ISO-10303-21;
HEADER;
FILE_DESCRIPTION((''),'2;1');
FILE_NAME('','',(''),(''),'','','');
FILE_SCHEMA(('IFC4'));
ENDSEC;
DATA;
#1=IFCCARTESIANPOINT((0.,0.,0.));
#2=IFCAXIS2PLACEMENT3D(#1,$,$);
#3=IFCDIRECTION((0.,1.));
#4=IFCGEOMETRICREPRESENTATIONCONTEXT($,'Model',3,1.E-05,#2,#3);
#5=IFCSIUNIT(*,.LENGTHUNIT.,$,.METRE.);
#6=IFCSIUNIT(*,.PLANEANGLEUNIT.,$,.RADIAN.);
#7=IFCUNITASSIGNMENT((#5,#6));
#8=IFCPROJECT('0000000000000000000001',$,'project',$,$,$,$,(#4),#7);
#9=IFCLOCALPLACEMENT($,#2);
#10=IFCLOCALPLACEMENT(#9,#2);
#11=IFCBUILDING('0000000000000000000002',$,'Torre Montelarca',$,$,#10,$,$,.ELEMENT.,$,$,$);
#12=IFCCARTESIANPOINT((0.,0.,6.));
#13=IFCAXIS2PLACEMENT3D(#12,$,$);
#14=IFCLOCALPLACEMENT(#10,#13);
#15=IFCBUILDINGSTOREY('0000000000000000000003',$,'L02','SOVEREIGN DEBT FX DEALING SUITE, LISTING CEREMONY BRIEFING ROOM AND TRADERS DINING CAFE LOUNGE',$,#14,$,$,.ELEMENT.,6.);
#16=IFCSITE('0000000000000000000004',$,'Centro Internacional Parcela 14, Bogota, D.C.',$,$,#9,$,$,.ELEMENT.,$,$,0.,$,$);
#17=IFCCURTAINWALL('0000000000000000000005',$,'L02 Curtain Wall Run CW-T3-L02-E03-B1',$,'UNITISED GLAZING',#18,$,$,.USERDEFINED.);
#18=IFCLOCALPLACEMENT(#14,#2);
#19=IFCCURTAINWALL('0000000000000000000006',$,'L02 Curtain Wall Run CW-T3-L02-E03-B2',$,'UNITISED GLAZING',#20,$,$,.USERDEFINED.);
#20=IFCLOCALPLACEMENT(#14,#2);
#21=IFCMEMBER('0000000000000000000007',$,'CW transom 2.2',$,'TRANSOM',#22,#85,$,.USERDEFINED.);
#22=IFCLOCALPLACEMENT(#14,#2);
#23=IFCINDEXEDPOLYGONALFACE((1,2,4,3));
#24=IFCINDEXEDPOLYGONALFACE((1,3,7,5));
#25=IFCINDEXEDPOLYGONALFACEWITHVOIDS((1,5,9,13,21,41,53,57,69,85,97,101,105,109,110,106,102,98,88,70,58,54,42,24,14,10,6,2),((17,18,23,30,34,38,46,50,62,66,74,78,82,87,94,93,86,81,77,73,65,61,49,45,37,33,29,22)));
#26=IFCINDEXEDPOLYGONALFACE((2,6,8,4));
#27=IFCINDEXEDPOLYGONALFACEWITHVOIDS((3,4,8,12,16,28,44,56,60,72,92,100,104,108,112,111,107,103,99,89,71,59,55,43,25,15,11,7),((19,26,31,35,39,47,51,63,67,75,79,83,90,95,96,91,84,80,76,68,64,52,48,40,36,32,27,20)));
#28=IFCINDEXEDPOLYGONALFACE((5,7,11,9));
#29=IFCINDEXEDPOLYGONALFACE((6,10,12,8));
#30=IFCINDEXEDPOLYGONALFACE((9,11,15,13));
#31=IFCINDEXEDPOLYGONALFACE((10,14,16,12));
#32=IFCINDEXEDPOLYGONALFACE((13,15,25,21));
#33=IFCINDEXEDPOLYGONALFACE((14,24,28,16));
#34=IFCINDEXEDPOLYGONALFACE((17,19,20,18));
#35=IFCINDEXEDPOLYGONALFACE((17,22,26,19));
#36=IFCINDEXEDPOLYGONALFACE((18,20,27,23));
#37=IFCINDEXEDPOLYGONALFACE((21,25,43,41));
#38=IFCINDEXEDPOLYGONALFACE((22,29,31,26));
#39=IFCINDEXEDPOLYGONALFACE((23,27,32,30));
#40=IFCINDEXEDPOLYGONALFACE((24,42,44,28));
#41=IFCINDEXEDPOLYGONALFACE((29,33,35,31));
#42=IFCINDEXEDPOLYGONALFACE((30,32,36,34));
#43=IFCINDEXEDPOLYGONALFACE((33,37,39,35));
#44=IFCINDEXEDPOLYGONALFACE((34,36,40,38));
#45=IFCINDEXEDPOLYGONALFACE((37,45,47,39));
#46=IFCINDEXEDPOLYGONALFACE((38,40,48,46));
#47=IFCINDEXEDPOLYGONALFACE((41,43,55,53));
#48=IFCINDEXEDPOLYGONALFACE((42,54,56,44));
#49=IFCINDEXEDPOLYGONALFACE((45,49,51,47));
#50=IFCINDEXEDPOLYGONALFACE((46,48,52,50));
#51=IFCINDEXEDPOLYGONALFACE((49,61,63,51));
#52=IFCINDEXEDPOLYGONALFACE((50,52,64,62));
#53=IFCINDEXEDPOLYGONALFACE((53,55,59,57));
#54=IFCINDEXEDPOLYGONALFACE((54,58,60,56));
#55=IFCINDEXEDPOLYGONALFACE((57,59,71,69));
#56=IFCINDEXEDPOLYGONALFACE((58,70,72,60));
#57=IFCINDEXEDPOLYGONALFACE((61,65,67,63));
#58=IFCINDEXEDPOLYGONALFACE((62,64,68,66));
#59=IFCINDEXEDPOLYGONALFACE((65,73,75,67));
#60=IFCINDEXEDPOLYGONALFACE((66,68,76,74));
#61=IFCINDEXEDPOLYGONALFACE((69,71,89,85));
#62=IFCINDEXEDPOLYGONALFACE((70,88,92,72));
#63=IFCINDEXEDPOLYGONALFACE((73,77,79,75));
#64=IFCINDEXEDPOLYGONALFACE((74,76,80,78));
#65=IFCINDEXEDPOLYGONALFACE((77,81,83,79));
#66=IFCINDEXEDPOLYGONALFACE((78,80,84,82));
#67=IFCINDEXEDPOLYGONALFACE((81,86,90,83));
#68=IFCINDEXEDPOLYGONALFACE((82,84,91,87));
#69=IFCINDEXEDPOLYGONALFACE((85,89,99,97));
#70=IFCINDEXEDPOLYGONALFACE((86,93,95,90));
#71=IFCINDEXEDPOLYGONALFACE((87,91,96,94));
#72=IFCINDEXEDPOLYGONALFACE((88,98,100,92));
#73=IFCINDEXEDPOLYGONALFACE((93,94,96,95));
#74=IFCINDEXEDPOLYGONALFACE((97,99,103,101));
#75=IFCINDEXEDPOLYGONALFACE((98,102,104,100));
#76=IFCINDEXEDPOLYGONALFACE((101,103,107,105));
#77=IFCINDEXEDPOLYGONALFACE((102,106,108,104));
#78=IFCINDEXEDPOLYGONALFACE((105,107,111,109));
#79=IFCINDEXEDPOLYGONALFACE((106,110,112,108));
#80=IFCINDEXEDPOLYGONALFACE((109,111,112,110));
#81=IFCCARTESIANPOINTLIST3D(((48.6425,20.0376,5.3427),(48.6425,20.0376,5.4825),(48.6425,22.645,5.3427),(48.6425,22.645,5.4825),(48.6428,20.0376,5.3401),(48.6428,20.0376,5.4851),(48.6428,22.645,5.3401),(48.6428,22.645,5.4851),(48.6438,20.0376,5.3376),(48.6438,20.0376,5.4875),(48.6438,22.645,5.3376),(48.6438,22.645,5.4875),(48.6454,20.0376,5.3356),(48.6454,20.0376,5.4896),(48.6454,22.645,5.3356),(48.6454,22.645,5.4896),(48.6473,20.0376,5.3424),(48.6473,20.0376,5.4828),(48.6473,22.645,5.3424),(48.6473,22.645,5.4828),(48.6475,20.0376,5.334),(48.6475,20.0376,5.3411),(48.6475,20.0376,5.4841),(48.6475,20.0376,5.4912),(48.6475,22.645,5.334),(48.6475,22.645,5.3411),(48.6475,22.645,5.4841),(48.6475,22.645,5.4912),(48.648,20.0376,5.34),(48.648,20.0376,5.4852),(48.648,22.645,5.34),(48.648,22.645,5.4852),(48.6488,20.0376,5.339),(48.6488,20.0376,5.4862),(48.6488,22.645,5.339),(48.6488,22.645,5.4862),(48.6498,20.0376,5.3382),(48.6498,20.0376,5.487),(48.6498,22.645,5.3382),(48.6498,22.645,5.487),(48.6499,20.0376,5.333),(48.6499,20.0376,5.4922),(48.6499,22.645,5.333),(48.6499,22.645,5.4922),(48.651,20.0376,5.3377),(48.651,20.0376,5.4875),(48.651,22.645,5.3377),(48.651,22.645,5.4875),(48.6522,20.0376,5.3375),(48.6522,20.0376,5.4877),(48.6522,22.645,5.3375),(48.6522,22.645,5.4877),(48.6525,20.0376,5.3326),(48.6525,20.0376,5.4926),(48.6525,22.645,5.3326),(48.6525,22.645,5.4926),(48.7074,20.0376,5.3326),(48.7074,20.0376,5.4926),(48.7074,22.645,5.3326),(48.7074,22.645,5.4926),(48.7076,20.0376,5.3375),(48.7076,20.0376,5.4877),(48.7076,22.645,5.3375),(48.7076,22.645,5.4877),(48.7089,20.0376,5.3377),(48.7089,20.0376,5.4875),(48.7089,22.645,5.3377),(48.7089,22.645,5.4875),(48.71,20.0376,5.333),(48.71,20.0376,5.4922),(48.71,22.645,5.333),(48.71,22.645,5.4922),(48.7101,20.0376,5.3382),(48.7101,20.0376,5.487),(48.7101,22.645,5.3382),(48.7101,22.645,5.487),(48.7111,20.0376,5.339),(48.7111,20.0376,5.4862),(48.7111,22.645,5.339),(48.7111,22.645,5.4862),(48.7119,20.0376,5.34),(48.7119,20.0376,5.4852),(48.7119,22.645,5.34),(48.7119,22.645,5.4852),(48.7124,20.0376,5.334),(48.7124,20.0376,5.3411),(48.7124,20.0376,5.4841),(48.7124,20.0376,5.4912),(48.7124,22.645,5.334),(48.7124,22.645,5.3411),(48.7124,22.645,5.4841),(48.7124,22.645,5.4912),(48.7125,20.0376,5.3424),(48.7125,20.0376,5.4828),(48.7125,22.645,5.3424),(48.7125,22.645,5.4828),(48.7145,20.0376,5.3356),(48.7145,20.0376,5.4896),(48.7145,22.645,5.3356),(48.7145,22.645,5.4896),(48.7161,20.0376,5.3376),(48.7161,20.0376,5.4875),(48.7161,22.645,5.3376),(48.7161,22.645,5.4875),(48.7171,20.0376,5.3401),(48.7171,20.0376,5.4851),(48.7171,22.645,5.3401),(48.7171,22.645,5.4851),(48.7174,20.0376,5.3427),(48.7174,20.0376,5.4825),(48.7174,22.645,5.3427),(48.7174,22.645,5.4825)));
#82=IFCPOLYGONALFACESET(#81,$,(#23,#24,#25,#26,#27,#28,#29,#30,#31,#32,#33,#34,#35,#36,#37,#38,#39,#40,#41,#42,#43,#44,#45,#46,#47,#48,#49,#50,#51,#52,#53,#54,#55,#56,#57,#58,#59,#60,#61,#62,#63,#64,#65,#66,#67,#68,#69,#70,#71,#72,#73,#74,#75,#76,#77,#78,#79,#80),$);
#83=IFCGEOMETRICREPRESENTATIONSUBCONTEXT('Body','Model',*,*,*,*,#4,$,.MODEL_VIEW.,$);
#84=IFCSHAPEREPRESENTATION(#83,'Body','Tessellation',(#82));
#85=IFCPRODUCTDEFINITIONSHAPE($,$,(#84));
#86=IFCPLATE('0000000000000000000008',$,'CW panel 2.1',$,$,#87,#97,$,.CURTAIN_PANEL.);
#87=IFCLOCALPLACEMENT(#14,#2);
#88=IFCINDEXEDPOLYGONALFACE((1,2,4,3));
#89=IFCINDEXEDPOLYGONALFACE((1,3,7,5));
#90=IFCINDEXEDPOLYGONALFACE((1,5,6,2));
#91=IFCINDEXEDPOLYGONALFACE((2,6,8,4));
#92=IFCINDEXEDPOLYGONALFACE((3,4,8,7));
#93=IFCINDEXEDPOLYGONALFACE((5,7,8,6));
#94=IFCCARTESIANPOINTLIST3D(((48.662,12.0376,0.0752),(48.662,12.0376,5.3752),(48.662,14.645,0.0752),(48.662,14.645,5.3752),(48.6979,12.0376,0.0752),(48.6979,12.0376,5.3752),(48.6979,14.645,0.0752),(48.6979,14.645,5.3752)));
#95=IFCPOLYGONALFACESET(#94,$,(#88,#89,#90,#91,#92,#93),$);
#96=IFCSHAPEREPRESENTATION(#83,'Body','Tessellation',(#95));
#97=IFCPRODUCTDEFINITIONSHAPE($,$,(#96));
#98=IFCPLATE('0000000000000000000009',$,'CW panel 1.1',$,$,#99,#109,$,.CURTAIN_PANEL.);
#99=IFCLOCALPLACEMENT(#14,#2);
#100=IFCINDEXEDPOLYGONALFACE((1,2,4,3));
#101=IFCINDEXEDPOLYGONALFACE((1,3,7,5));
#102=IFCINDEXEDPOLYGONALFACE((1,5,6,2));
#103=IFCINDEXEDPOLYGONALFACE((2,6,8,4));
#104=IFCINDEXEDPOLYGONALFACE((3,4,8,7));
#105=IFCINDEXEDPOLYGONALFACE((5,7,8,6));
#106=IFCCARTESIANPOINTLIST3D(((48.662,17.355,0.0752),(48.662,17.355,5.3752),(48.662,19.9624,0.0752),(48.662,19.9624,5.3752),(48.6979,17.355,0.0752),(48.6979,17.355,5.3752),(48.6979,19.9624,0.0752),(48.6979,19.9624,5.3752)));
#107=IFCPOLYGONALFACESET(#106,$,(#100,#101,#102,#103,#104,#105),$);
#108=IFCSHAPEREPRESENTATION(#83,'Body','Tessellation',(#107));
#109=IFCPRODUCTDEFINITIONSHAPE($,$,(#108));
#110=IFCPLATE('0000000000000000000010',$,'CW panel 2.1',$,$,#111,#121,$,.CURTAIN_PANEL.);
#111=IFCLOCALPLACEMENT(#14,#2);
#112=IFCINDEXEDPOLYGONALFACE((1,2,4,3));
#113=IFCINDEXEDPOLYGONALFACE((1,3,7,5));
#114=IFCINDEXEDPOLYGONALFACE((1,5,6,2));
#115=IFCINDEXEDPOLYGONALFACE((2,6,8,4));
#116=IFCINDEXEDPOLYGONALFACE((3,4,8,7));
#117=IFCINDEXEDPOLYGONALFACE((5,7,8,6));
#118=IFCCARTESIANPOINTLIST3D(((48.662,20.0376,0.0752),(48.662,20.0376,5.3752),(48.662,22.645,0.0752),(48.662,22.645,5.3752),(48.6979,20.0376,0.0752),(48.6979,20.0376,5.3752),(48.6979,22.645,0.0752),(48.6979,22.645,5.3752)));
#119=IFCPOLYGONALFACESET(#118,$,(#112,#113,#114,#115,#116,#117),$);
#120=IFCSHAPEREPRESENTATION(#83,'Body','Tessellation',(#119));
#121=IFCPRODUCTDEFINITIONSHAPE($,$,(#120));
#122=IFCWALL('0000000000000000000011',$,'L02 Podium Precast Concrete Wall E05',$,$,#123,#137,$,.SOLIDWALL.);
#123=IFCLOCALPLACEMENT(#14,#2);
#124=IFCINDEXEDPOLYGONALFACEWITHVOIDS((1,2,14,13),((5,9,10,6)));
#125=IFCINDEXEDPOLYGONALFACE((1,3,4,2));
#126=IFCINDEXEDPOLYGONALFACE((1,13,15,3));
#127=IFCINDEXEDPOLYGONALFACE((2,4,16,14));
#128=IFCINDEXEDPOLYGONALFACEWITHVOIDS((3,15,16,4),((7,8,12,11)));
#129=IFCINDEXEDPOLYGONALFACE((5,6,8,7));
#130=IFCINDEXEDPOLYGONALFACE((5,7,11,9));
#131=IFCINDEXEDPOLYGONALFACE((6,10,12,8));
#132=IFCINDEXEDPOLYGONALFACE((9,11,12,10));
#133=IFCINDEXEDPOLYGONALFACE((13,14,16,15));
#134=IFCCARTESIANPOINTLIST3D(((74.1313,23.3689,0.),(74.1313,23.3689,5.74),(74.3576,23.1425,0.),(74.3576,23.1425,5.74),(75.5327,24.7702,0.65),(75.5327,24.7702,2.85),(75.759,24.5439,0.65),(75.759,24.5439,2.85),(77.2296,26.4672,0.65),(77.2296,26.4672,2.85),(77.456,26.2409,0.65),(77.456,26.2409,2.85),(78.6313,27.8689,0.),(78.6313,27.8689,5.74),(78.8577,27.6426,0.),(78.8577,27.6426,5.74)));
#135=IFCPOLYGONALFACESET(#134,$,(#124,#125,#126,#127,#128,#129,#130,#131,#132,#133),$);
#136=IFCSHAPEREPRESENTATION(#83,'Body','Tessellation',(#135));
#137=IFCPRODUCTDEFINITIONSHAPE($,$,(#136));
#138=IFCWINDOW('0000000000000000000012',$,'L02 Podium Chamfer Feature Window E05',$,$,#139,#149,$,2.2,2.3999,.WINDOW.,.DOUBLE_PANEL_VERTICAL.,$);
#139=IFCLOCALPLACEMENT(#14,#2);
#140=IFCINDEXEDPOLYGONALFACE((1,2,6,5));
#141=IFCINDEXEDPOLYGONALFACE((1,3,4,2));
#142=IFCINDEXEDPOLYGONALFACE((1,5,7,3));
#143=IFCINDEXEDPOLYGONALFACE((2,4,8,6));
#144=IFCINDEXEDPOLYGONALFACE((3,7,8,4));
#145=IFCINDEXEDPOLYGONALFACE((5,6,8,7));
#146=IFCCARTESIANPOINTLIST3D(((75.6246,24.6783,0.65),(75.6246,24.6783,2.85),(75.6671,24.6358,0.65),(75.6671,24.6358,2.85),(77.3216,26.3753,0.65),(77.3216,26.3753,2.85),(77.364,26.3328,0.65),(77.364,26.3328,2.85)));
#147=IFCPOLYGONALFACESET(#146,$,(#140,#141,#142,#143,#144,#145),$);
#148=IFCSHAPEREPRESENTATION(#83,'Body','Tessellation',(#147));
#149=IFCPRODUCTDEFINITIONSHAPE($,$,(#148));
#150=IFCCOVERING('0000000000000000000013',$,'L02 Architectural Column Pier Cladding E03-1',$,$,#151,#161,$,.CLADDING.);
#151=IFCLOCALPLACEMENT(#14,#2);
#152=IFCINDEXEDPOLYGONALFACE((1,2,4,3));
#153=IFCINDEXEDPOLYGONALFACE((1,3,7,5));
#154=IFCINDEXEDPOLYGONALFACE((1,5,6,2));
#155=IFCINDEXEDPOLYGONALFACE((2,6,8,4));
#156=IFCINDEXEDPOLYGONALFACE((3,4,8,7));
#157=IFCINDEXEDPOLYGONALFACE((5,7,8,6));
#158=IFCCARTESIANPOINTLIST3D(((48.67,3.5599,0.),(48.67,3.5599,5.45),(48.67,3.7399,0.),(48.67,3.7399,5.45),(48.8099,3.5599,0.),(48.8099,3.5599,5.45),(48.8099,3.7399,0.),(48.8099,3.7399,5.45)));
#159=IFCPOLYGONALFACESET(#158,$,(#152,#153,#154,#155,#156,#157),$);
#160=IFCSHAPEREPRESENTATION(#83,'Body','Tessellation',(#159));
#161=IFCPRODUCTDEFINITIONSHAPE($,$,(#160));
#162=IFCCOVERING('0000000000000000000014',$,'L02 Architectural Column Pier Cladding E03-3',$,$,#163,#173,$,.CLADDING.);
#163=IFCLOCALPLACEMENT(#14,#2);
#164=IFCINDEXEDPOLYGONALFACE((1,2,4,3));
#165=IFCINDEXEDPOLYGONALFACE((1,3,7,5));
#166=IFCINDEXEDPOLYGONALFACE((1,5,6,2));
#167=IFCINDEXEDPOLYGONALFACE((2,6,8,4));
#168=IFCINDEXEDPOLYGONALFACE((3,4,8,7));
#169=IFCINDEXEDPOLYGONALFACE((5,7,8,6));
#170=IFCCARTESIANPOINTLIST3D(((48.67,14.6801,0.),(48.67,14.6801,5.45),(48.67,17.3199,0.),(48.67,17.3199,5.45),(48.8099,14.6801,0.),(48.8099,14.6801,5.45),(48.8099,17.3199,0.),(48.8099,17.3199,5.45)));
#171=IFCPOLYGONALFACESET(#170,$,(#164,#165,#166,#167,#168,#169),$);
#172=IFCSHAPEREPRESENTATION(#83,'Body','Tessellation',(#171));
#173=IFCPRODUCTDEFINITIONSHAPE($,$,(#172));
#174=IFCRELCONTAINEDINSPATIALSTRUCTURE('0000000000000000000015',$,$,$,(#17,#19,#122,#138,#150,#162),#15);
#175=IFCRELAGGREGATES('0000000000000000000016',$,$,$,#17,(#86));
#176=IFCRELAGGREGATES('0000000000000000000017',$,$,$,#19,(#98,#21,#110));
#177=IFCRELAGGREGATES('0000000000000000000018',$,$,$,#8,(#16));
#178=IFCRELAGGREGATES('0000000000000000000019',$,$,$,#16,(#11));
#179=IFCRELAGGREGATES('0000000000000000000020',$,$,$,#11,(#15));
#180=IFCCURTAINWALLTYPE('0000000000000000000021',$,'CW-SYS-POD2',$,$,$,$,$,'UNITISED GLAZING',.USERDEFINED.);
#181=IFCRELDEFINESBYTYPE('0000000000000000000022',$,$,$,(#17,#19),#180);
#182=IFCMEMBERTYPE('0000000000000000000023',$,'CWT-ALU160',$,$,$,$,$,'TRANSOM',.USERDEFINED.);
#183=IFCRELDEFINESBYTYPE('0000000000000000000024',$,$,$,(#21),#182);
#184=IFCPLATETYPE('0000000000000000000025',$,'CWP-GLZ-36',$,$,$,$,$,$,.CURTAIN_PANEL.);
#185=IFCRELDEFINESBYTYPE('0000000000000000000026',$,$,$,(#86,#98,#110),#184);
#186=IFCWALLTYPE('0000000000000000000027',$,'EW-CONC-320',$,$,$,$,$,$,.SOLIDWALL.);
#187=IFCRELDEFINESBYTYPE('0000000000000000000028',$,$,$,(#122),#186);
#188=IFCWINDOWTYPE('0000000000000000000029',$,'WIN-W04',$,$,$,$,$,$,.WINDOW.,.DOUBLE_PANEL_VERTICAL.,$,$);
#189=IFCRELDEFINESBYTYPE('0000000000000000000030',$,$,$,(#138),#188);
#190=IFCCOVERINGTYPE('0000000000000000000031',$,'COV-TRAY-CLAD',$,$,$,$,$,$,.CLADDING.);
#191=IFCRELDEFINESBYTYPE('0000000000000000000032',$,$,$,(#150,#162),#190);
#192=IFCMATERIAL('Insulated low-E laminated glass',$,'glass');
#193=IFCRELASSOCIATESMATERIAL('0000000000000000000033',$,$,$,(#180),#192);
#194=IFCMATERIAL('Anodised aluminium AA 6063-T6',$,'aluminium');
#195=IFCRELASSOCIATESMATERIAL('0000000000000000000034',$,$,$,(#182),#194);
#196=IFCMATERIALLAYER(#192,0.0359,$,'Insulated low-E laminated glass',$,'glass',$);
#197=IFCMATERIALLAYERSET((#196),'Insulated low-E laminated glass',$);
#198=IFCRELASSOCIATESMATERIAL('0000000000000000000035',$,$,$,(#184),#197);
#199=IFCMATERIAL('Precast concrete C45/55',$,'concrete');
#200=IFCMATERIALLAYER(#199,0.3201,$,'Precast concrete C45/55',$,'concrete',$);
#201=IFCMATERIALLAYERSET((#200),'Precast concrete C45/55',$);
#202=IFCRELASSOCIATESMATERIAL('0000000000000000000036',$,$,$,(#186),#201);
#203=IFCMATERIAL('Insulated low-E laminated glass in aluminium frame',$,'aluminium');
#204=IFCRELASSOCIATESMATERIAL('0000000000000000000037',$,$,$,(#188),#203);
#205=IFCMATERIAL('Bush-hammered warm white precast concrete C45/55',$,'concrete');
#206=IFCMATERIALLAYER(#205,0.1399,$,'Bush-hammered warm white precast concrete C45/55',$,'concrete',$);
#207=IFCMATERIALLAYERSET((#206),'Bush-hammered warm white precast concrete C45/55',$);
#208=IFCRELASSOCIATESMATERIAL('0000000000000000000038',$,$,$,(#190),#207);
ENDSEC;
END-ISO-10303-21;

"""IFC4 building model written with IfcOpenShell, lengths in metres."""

from ifc_helpers import new_model, si_unit, direction, frame, frame_2d, origin, origin_2d, place, context, subcontext, project, spatial, rectangle, hollow_rectangle, extrude, source, transform, mapped, material, layer, layer_set, material_profile, profile_set, type_object, element, fill, aggregate, save


model = new_model("IFC4")

# Units and contexts
model_context = context("Model", 3, precision=1e-05, world=origin(), true_north=direction((0.0, 1.0)))
body_context = subcontext(model_context, "Body", "Model", "MODEL_VIEW")
ifc_project = project(units=[si_unit("LENGTHUNIT", "METRE"), si_unit("PLANEANGLEUNIT", "RADIAN")], contexts=[model_context])

# Site, building, storey
site_placement = place(None, origin())
site = spatial("IfcSite", under=ifc_project, at=site_placement, Name="Centro Internacional Parcela 14, Bogota, D.C.", CompositionType="ELEMENT", RefElevation=0.0)
building_placement = place(site_placement, origin())
building = spatial("IfcBuilding", under=site, at=building_placement, Name="Torre Montelarca", CompositionType="ELEMENT")
storey_placement = place(building_placement, frame((0.0, 0.0, 6.0)))
storey = spatial("IfcBuildingStorey", under=building, at=storey_placement, Name="L02", Description="SOVEREIGN DEBT FX DEALING SUITE, LISTING CEREMONY BRIEFING ROOM AND TRADERS DINING CAFE LOUNGE", CompositionType="ELEMENT", Elevation=6.0)

# Curtain wall
ifc_material_1 = material(Name="Insulated low-E laminated glass", Category="glass")
curtain_wall_type = type_object("IfcCurtainWallType", Name="CW-SYS-POD2", ElementType="UNITISED GLAZING", PredefinedType="USERDEFINED", material=ifc_material_1)
curtain_wall_1_placement = place(storey_placement, origin())
curtain_wall_1 = element("IfcCurtainWall", 1, at=curtain_wall_1_placement, inside=storey, type_object=curtain_wall_type, Name="L02 Curtain Wall Run CW-T3-L02-E03-B1", ObjectType="UNITISED GLAZING", PredefinedType="USERDEFINED")
ifc_material_2 = material(Name="Anodised aluminium AA 6063-T6", Category="aluminium")

# Curtain wall
curtain_wall_2_placement = place(storey_placement, origin())
curtain_wall_2 = element("IfcCurtainWall", 2, at=curtain_wall_2_placement, inside=storey, type_object=curtain_wall_type, Name="L02 Curtain Wall Run CW-T3-L02-E03-B2", ObjectType="UNITISED GLAZING", PredefinedType="USERDEFINED")

# Member
ifc_material_profile_1 = material_profile(ifc_material_2, hollow_rectangle(XDim=0.075, YDim=0.1599, WallThickness=0.0049, InnerFilletRadius=0.0049, OuterFilletRadius=0.01, at=origin_2d()), Name="ALU75X160X5", Category="aluminium")
ifc_profile_set_1 = profile_set([ifc_material_profile_1], Name="Anodised aluminium AA 6063-T6")
member_type_1 = type_object("IfcMemberType", Name="CWT-ALU160", ElementType="TRANSOM", PredefinedType="USERDEFINED", material=ifc_profile_set_1)
shared_shape_1 = source(origin(), body_context, "Body", "SweptSolid", [
    extrude(hollow_rectangle(XDim=0.075, YDim=0.1599, WallThickness=0.0049, InnerFilletRadius=0.0049, OuterFilletRadius=0.01, at=origin_2d()), origin(), (0.0, 0.0, 1.0), 2.6074),
])
member_1_placement = place(storey_placement, frame((48.6799, 20.0376, 5.4126), z_axis=(0.0, 1.0, 0.0), x_axis=(-1.0, 0.0, 0.0)))
member_1 = element("IfcMember", 3, at=member_1_placement, type_object=member_type_1, Name="CW transom 2.2", ObjectType="TRANSOM", PredefinedType="USERDEFINED", context=body_context, shape_type="MappedRepresentation", body=[
    mapped(shared_shape_1, transform((0.0, 0.0, 0.0), scale=1.0)),
])

# Plates
ifc_layer_1 = layer(ifc_material_1, 0.0359, Name="Insulated low-E laminated glass", Category="glass")
ifc_layer_set_1 = layer_set([ifc_layer_1], Name="Insulated low-E laminated glass")
plate_type = type_object("IfcPlateType", Name="CWP-GLZ-36", PredefinedType="CURTAIN_PANEL", material=ifc_layer_set_1)
shared_shape_2 = source(origin(), body_context, "Body", "SweptSolid", [
    extrude(rectangle(XDim=2.6074, YDim=0.0359, at=origin_2d()), origin(), (0.0, 0.0, 1.0), 5.3),
])
plate_1_placement = place(storey_placement, frame((48.6799, 13.3413, 0.0752), z_axis=(0.0, 0.0, 1.0), x_axis=(0.0, 1.0, 0.0)))
plate_1 = element("IfcPlate", 4, at=plate_1_placement, type_object=plate_type, Name="CW panel 2.1", PredefinedType="CURTAIN_PANEL", context=body_context, shape_type="MappedRepresentation", body=[
    mapped(shared_shape_2, transform((0.0, 0.0, 0.0), scale=1.0)),
])
aggregate(curtain_wall_1, [plate_1])
plate_2_placement = place(storey_placement, frame((48.6799, 18.6587, 0.0752), z_axis=(0.0, 0.0, 1.0), x_axis=(0.0, 1.0, 0.0)))
plate_2 = element("IfcPlate", 5, at=plate_2_placement, type_object=plate_type, Name="CW panel 1.1", PredefinedType="CURTAIN_PANEL", context=body_context, shape_type="MappedRepresentation", body=[
    mapped(shared_shape_2, transform((0.0, 0.0, 0.0), scale=1.0)),
])
plate_3_placement = place(storey_placement, frame((48.6799, 21.3413, 0.0752), z_axis=(0.0, 0.0, 1.0), x_axis=(0.0, 1.0, 0.0)))
plate_3 = element("IfcPlate", 6, at=plate_3_placement, type_object=plate_type, Name="CW panel 2.1", PredefinedType="CURTAIN_PANEL", context=body_context, shape_type="MappedRepresentation", body=[
    mapped(shared_shape_2, transform((0.0, 0.0, 0.0), scale=1.0)),
])
aggregate(curtain_wall_2, [plate_2, member_1, plate_3])

# Wall, opening, window
ifc_material_3 = material(Name="Precast concrete C45/55", Category="concrete")
ifc_layer_2 = layer(ifc_material_3, 0.3201, Name="Precast concrete C45/55", Category="concrete")
ifc_layer_set_2 = layer_set([ifc_layer_2], Name="Precast concrete C45/55")
wall_type = type_object("IfcWallType", Name="EW-CONC-320", PredefinedType="SOLIDWALL", material=ifc_layer_set_2)
wall_placement = place(storey_placement, frame((74.2444, 23.2556, 0.0), z_axis=(0.0, 0.0, 1.0), x_axis=(0.707107, 0.707107, 0.0)))
wall = element("IfcWall", 7, at=wall_placement, inside=storey, type_object=wall_type, Name="L02 Podium Precast Concrete Wall E05", PredefinedType="SOLIDWALL", context=body_context, shape_type="SweptSolid", body=[
    extrude(rectangle(XDim=6.364, YDim=0.3201, at=frame_2d((3.1821, 0.0))), origin(), (0.0, 0.0, 1.0), 5.74),
])
opening_placement = place(wall_placement, frame((1.9819, 0.0, 0.6499)))
opening = element("IfcOpeningElement", 8, at=opening_placement, cuts=wall, PredefinedType="OPENING", context=body_context, shape_type="SweptSolid", body=[
    extrude(rectangle(XDim=2.3999, YDim=2.2, at=frame_2d((1.2, 1.1001))), frame((0.0, 0.1699, 0.0), z_axis=(0.0, -1.0, 0.0), x_axis=(1.0, 0.0, 0.0)), (0.0, 0.0, 1.0), 0.3401),
])
ifc_material_4 = material(Name="Insulated low-E laminated glass in aluminium frame", Category="aluminium")
window_type = type_object("IfcWindowType", Name="WIN-W04", PartitioningType="DOUBLE_PANEL_VERTICAL", PredefinedType="WINDOW", material=ifc_material_4)
shared_shape_3 = source(origin(), body_context, "Body", "SweptSolid", [
    extrude(rectangle(XDim=2.3999, YDim=2.2, at=frame_2d((1.2, 1.1001))), frame((0.0, 0.03, 0.0), z_axis=(0.0, -1.0, 0.0), x_axis=(1.0, 0.0, 0.0)), (0.0, 0.0, 1.0), 0.0601),
])
window_placement = place(opening_placement, origin())
window = element("IfcWindow", 9, at=window_placement, inside=storey, type_object=window_type, Name="L02 Podium Chamfer Feature Window E05", OverallHeight=2.2, OverallWidth=2.3999, PartitioningType="DOUBLE_PANEL_VERTICAL", PredefinedType="WINDOW", context=body_context, shape_type="MappedRepresentation", body=[
    mapped(shared_shape_3, transform((0.0, 0.0, 0.0), scale=1.0)),
])
fill(opening, window)

# Coverings
ifc_material_5 = material(Name="Bush-hammered warm white precast concrete C45/55", Category="concrete")
ifc_layer_3 = layer(ifc_material_5, 0.1399, Name="Bush-hammered warm white precast concrete C45/55", Category="concrete")
ifc_layer_set_3 = layer_set([ifc_layer_3], Name="Bush-hammered warm white precast concrete C45/55")
covering_type = type_object("IfcCoveringType", Name="COV-TRAY-CLAD", PredefinedType="CLADDING", material=ifc_layer_set_3)
shared_shape_4 = source(origin(), body_context, "Body", "SweptSolid", [
    extrude(rectangle(XDim=0.1799, YDim=0.1399, at=origin_2d()), origin(), (0.0, 0.0, 1.0), 5.45),
])
covering_1_placement = place(storey_placement, frame((48.74, 3.6499, 0.0), z_axis=(0.0, 0.0, 1.0), x_axis=(0.0, 1.0, 0.0)))
element("IfcCovering", 10, at=covering_1_placement, inside=storey, type_object=covering_type, Name="L02 Architectural Column Pier Cladding E03-1", PredefinedType="CLADDING", context=body_context, shape_type="MappedRepresentation", body=[
    mapped(shared_shape_4, transform((0.0, 0.0, 0.0), scale=1.0)),
])
shared_shape_5 = source(origin(), body_context, "Body", "SweptSolid", [
    extrude(rectangle(XDim=2.6399, YDim=0.1399, at=origin_2d()), origin(), (0.0, 0.0, 1.0), 5.45),
])
covering_2_placement = place(storey_placement, frame((48.74, 16.0, 0.0), z_axis=(0.0, 0.0, 1.0), x_axis=(0.0, 1.0, 0.0)))
element("IfcCovering", 11, at=covering_2_placement, inside=storey, type_object=covering_type, Name="L02 Architectural Column Pier Cladding E03-3", PredefinedType="CLADDING", context=body_context, shape_type="MappedRepresentation", body=[
    mapped(shared_shape_5, transform((0.0, 0.0, 0.0), scale=1.0)),
])

save(model, "model.ifc")
